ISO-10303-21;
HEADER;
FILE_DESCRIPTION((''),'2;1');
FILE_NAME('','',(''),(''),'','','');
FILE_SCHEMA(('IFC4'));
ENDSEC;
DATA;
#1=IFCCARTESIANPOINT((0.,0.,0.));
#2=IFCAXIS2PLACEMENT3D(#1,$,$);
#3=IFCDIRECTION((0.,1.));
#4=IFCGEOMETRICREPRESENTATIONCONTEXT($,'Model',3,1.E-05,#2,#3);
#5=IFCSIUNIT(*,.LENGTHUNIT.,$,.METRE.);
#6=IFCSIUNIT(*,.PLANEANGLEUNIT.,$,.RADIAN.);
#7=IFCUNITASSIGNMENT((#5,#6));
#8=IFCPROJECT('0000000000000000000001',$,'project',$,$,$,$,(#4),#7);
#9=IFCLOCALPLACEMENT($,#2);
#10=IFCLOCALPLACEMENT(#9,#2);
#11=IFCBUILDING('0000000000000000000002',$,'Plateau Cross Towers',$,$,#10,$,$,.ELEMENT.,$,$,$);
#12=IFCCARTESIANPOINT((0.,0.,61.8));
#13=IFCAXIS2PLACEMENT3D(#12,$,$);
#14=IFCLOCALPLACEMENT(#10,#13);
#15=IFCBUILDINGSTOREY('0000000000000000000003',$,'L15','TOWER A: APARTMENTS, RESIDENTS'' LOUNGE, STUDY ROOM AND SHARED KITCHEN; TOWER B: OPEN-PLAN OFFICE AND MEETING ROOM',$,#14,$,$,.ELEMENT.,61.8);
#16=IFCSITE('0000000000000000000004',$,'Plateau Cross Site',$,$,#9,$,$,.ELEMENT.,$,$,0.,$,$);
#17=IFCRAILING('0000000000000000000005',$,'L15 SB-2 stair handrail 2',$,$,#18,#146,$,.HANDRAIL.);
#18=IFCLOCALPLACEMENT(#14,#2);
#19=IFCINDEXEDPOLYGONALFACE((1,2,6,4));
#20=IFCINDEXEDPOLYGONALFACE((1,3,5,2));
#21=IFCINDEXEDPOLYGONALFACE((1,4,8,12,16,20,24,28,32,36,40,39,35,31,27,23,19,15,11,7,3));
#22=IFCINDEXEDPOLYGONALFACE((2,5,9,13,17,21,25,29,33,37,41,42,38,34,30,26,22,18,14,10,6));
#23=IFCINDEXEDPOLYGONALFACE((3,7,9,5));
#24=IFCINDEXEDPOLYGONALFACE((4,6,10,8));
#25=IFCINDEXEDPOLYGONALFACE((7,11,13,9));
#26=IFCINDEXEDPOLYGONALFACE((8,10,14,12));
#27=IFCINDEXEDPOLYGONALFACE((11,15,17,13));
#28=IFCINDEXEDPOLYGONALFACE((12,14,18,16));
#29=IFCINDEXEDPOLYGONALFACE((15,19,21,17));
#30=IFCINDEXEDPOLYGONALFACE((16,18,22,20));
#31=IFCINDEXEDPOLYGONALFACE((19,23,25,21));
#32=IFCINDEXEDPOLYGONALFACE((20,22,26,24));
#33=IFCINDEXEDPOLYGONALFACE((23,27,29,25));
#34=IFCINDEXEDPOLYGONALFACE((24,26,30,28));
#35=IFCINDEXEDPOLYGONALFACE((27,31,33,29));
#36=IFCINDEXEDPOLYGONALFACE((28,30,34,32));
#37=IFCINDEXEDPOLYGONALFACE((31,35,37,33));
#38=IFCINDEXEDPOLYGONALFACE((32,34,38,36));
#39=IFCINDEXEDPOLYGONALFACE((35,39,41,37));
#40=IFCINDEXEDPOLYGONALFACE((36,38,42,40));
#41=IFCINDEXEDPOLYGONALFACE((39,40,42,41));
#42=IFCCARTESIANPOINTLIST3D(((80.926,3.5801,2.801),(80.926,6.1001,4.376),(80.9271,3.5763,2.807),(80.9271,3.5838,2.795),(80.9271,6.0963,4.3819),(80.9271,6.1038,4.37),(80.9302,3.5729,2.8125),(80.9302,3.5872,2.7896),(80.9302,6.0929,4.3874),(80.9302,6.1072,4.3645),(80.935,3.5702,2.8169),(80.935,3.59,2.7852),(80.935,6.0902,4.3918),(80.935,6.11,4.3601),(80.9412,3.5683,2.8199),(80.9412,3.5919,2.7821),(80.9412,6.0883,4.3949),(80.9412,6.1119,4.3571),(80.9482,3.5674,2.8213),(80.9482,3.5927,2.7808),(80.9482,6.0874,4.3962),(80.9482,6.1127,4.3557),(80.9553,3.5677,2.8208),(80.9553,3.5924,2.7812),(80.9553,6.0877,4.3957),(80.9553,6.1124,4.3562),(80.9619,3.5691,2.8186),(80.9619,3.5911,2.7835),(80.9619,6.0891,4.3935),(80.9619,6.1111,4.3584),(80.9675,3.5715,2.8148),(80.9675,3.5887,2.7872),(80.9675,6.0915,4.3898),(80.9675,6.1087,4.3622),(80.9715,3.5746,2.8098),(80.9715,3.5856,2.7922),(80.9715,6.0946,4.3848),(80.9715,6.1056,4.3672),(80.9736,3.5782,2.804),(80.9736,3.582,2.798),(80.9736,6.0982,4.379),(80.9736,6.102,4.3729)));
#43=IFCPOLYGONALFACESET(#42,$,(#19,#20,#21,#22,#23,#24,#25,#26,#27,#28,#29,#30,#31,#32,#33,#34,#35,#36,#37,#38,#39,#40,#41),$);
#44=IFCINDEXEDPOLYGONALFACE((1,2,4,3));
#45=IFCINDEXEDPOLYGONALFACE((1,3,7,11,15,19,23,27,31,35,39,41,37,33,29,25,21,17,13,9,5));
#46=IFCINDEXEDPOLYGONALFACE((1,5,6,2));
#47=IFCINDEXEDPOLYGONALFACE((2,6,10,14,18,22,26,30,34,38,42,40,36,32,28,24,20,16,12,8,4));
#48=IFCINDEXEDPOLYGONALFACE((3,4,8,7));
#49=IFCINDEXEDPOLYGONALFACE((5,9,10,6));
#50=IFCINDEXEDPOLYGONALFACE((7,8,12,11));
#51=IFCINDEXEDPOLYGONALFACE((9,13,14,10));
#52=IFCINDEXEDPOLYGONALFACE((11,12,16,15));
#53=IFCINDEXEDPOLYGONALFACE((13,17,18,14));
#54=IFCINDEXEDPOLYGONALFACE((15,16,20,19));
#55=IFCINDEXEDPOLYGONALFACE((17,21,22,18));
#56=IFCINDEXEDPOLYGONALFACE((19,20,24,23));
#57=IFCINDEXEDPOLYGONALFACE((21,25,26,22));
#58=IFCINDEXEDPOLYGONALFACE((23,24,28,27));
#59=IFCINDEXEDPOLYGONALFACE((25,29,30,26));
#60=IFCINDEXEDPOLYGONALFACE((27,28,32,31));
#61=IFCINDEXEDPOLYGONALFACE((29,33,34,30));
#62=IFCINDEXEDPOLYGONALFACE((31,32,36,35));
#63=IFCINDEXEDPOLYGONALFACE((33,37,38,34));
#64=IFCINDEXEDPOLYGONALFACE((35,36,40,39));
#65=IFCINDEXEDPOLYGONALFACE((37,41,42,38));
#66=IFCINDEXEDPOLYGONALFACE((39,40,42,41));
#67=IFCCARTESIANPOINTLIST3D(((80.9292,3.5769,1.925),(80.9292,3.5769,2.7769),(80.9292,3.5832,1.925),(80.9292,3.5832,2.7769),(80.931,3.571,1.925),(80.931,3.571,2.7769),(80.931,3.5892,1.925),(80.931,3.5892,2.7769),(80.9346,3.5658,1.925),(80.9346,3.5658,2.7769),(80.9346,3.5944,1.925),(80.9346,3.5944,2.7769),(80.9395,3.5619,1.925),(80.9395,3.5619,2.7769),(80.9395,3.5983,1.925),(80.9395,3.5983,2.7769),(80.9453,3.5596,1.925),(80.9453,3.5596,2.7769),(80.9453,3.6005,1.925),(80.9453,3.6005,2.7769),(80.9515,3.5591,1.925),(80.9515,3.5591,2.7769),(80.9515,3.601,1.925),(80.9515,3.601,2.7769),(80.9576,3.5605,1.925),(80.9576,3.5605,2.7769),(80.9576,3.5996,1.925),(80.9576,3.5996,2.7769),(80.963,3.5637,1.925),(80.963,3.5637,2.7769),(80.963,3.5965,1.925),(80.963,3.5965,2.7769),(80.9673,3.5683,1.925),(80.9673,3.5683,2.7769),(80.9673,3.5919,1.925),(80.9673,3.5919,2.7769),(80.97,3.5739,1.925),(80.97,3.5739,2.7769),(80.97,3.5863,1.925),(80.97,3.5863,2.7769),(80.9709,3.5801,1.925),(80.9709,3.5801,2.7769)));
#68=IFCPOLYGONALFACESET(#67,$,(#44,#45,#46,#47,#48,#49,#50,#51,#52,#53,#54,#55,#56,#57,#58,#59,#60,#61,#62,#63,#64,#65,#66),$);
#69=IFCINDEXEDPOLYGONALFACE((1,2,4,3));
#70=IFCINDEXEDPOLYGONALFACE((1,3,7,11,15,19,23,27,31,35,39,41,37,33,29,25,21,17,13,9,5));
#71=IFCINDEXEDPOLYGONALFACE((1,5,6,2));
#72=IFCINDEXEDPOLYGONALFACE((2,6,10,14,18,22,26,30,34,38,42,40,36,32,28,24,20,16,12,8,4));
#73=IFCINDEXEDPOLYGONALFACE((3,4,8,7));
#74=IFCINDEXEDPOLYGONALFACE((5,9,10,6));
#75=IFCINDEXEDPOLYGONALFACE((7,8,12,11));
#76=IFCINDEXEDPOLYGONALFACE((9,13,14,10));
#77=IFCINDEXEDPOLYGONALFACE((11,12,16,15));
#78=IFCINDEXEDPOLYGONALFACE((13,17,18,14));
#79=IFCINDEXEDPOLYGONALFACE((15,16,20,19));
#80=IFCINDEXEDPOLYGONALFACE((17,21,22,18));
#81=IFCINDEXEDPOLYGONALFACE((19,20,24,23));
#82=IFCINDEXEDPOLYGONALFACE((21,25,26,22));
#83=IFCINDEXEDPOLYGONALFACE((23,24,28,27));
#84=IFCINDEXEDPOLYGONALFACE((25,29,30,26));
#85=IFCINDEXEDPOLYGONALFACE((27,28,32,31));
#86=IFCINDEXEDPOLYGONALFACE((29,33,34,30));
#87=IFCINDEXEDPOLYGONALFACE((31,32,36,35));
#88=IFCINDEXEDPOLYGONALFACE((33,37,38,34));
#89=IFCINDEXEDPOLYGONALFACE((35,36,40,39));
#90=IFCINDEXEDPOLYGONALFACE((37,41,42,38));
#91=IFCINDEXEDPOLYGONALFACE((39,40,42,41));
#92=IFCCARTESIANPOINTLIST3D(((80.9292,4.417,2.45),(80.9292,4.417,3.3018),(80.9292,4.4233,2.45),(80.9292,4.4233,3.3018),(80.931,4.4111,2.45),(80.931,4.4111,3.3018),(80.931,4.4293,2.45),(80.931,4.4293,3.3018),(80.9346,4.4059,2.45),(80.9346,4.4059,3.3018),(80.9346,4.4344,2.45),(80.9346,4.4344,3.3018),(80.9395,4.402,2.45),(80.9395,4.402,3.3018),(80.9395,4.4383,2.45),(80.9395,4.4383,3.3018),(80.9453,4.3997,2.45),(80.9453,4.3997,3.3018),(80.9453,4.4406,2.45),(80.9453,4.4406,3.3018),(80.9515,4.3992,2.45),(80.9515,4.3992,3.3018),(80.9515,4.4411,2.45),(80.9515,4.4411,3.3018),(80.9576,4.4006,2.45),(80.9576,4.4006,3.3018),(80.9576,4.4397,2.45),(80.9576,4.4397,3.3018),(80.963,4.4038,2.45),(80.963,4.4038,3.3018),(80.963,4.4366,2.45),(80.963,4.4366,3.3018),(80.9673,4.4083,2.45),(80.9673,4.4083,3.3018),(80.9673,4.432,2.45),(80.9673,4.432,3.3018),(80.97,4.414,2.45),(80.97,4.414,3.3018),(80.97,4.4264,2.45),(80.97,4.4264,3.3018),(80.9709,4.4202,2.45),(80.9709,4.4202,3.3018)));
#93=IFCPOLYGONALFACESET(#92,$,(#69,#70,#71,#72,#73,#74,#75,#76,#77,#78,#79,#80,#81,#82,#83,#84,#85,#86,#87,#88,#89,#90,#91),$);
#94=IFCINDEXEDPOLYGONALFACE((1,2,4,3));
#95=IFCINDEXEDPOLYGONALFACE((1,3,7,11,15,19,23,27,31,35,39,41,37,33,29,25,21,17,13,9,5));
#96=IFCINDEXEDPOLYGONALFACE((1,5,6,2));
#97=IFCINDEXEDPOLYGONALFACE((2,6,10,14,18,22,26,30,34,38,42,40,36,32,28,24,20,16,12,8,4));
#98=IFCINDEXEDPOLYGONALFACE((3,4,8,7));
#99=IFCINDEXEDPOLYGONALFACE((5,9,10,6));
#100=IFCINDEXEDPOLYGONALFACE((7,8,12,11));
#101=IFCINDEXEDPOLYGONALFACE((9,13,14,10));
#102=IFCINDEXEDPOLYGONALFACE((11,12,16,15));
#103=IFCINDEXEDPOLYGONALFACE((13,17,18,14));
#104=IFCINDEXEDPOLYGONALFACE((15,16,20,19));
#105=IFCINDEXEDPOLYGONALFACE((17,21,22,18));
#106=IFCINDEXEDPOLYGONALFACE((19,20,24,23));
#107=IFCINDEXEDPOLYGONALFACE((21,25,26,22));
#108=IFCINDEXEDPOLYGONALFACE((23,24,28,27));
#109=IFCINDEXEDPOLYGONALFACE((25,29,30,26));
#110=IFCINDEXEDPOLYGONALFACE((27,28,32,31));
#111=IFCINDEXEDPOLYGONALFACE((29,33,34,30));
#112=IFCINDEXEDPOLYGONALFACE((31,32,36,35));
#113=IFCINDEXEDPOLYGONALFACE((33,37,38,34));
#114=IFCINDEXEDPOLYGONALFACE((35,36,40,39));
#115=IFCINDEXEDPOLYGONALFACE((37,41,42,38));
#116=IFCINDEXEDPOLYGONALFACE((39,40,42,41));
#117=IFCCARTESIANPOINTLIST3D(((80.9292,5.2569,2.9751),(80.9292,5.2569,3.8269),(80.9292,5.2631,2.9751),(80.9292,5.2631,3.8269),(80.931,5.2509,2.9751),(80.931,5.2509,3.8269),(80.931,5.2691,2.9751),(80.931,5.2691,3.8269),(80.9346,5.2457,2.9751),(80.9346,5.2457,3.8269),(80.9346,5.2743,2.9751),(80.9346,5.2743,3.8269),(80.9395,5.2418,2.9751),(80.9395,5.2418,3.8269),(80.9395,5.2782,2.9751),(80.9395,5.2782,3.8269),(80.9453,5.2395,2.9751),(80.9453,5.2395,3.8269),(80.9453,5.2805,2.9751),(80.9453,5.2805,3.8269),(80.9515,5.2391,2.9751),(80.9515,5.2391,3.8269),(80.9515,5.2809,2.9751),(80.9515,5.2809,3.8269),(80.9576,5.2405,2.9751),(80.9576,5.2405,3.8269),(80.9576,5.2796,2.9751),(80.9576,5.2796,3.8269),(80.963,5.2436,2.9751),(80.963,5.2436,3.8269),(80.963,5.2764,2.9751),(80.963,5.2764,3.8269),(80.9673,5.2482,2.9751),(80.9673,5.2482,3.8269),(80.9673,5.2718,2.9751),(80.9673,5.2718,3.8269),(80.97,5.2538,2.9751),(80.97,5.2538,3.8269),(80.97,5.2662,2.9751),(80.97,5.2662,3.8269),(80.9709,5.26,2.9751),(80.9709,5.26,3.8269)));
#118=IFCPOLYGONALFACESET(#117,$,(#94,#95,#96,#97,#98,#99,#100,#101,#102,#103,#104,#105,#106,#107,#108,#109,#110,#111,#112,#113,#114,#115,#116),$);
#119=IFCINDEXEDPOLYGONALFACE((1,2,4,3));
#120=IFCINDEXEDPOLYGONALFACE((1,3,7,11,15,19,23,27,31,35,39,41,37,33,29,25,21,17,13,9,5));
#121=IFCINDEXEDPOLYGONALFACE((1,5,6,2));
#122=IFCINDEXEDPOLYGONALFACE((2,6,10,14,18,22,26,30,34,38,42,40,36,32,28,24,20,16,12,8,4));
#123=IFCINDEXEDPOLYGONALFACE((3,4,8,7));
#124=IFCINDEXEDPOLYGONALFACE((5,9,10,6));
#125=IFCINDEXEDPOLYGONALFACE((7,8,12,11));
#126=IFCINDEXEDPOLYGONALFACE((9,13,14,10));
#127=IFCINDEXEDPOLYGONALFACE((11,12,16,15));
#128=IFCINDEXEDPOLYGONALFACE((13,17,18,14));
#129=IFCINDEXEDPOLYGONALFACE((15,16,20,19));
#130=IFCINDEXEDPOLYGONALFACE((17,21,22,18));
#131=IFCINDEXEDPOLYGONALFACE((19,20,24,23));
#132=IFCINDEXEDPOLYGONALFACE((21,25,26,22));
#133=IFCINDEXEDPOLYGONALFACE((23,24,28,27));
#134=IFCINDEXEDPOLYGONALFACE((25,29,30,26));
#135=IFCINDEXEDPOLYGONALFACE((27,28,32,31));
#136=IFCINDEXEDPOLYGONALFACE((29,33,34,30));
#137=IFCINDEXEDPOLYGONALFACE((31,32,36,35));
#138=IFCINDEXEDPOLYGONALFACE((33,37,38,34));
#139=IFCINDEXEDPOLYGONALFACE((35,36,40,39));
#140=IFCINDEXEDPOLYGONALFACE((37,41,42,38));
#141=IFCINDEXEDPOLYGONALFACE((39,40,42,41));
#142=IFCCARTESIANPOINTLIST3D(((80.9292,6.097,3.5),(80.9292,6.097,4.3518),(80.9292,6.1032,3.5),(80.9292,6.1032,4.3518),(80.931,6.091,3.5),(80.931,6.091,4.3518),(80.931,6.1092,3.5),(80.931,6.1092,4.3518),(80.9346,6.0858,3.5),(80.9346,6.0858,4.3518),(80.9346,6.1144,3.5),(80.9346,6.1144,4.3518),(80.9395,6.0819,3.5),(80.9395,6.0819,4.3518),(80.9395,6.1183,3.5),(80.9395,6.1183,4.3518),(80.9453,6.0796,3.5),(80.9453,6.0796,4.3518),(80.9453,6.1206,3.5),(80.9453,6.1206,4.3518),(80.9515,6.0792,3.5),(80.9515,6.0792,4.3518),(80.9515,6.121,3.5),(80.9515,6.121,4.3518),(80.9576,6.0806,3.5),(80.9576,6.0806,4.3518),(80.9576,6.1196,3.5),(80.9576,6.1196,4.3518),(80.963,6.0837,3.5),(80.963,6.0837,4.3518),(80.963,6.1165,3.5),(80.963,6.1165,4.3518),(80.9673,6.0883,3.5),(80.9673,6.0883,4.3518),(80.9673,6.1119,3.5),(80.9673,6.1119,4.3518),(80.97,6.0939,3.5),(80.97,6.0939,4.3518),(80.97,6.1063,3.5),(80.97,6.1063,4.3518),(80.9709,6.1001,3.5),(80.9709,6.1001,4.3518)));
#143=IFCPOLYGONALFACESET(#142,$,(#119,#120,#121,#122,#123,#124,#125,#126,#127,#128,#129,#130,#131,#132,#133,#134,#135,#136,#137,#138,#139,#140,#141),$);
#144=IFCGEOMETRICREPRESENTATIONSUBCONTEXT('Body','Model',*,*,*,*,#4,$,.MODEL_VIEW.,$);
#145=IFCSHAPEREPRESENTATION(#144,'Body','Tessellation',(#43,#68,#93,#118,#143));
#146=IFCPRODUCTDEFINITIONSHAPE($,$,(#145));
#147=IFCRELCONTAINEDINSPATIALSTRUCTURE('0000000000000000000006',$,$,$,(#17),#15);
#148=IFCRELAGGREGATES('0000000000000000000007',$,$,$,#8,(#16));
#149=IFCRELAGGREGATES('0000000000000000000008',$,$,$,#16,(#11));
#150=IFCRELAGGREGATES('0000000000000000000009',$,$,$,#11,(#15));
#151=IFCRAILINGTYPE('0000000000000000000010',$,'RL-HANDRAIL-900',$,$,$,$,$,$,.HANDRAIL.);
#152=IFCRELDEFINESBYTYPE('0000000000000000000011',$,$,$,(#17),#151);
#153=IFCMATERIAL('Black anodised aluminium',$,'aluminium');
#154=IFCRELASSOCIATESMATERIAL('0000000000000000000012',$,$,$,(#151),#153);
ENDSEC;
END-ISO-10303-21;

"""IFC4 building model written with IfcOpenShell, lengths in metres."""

from ifc_helpers import new_model, si_unit, direction, frame, origin, origin_2d, place, context, subcontext, project, spatial, circle, extrude, material, type_object, element, save


model = new_model("IFC4")

# Units and contexts
model_context = context("Model", 3, precision=1e-05, world=origin(), true_north=direction((0.0, 1.0)))
body_context = subcontext(model_context, "Body", "Model", "MODEL_VIEW")
ifc_project = project(units=[si_unit("LENGTHUNIT", "METRE"), si_unit("PLANEANGLEUNIT", "RADIAN")], contexts=[model_context])

# Site, building, storey
site_placement = place(None, origin())
site = spatial("IfcSite", under=ifc_project, at=site_placement, Name="Plateau Cross Site", CompositionType="ELEMENT", RefElevation=0.0)
building_placement = place(site_placement, origin())
building = spatial("IfcBuilding", under=site, at=building_placement, Name="Plateau Cross Towers", CompositionType="ELEMENT")
storey_placement = place(building_placement, frame((0.0, 0.0, 61.8)))
storey = spatial("IfcBuildingStorey", under=building, at=storey_placement, Name="L15", Description="TOWER A: APARTMENTS, RESIDENTS' LOUNGE, STUDY ROOM AND SHARED KITCHEN; TOWER B: OPEN-PLAN OFFICE AND MEETING ROOM", CompositionType="ELEMENT", Elevation=61.8)

# Shared definitions
ifc_material_1 = material(Name="Black anodised aluminium", Category="aluminium")

# Railing
railing_type_1 = type_object("IfcRailingType", Name="RL-HANDRAIL-900", PredefinedType="HANDRAIL", material=ifc_material_1)
railing_1_placement = place(storey_placement, frame((80.95, 3.5801, 1.925)))
element("IfcRailing", 1, at=railing_1_placement, inside=storey, type_object=railing_type_1, Name="L15 SB-2 stair handrail 2", PredefinedType="HANDRAIL", context=body_context, shape_type="SweptSolid", body=[
    extrude(circle(Radius=0.0239, at=origin_2d()), frame((0.0, 0.0, 0.876), z_axis=(0.0, 0.848008, 0.529984), x_axis=(-1.0, 0.0, 0.0)), (0.0, 0.0, 1.0), 2.9717),
    extrude(circle(Radius=0.021, at=origin_2d()), origin(), (0.0, 0.0, 1.0), 0.8518),
    extrude(circle(Radius=0.021, at=origin_2d()), frame((0.0, 0.8401, 0.5249)), (0.0, 0.0, 1.0), 0.8518),
    extrude(circle(Radius=0.021, at=origin_2d()), frame((0.0, 1.6799, 1.05)), (0.0, 0.0, 1.0), 0.8518),
    extrude(circle(Radius=0.021, at=origin_2d()), frame((0.0, 2.52, 1.575)), (0.0, 0.0, 1.0), 0.8518),
])

save(model, "model.ifc")
